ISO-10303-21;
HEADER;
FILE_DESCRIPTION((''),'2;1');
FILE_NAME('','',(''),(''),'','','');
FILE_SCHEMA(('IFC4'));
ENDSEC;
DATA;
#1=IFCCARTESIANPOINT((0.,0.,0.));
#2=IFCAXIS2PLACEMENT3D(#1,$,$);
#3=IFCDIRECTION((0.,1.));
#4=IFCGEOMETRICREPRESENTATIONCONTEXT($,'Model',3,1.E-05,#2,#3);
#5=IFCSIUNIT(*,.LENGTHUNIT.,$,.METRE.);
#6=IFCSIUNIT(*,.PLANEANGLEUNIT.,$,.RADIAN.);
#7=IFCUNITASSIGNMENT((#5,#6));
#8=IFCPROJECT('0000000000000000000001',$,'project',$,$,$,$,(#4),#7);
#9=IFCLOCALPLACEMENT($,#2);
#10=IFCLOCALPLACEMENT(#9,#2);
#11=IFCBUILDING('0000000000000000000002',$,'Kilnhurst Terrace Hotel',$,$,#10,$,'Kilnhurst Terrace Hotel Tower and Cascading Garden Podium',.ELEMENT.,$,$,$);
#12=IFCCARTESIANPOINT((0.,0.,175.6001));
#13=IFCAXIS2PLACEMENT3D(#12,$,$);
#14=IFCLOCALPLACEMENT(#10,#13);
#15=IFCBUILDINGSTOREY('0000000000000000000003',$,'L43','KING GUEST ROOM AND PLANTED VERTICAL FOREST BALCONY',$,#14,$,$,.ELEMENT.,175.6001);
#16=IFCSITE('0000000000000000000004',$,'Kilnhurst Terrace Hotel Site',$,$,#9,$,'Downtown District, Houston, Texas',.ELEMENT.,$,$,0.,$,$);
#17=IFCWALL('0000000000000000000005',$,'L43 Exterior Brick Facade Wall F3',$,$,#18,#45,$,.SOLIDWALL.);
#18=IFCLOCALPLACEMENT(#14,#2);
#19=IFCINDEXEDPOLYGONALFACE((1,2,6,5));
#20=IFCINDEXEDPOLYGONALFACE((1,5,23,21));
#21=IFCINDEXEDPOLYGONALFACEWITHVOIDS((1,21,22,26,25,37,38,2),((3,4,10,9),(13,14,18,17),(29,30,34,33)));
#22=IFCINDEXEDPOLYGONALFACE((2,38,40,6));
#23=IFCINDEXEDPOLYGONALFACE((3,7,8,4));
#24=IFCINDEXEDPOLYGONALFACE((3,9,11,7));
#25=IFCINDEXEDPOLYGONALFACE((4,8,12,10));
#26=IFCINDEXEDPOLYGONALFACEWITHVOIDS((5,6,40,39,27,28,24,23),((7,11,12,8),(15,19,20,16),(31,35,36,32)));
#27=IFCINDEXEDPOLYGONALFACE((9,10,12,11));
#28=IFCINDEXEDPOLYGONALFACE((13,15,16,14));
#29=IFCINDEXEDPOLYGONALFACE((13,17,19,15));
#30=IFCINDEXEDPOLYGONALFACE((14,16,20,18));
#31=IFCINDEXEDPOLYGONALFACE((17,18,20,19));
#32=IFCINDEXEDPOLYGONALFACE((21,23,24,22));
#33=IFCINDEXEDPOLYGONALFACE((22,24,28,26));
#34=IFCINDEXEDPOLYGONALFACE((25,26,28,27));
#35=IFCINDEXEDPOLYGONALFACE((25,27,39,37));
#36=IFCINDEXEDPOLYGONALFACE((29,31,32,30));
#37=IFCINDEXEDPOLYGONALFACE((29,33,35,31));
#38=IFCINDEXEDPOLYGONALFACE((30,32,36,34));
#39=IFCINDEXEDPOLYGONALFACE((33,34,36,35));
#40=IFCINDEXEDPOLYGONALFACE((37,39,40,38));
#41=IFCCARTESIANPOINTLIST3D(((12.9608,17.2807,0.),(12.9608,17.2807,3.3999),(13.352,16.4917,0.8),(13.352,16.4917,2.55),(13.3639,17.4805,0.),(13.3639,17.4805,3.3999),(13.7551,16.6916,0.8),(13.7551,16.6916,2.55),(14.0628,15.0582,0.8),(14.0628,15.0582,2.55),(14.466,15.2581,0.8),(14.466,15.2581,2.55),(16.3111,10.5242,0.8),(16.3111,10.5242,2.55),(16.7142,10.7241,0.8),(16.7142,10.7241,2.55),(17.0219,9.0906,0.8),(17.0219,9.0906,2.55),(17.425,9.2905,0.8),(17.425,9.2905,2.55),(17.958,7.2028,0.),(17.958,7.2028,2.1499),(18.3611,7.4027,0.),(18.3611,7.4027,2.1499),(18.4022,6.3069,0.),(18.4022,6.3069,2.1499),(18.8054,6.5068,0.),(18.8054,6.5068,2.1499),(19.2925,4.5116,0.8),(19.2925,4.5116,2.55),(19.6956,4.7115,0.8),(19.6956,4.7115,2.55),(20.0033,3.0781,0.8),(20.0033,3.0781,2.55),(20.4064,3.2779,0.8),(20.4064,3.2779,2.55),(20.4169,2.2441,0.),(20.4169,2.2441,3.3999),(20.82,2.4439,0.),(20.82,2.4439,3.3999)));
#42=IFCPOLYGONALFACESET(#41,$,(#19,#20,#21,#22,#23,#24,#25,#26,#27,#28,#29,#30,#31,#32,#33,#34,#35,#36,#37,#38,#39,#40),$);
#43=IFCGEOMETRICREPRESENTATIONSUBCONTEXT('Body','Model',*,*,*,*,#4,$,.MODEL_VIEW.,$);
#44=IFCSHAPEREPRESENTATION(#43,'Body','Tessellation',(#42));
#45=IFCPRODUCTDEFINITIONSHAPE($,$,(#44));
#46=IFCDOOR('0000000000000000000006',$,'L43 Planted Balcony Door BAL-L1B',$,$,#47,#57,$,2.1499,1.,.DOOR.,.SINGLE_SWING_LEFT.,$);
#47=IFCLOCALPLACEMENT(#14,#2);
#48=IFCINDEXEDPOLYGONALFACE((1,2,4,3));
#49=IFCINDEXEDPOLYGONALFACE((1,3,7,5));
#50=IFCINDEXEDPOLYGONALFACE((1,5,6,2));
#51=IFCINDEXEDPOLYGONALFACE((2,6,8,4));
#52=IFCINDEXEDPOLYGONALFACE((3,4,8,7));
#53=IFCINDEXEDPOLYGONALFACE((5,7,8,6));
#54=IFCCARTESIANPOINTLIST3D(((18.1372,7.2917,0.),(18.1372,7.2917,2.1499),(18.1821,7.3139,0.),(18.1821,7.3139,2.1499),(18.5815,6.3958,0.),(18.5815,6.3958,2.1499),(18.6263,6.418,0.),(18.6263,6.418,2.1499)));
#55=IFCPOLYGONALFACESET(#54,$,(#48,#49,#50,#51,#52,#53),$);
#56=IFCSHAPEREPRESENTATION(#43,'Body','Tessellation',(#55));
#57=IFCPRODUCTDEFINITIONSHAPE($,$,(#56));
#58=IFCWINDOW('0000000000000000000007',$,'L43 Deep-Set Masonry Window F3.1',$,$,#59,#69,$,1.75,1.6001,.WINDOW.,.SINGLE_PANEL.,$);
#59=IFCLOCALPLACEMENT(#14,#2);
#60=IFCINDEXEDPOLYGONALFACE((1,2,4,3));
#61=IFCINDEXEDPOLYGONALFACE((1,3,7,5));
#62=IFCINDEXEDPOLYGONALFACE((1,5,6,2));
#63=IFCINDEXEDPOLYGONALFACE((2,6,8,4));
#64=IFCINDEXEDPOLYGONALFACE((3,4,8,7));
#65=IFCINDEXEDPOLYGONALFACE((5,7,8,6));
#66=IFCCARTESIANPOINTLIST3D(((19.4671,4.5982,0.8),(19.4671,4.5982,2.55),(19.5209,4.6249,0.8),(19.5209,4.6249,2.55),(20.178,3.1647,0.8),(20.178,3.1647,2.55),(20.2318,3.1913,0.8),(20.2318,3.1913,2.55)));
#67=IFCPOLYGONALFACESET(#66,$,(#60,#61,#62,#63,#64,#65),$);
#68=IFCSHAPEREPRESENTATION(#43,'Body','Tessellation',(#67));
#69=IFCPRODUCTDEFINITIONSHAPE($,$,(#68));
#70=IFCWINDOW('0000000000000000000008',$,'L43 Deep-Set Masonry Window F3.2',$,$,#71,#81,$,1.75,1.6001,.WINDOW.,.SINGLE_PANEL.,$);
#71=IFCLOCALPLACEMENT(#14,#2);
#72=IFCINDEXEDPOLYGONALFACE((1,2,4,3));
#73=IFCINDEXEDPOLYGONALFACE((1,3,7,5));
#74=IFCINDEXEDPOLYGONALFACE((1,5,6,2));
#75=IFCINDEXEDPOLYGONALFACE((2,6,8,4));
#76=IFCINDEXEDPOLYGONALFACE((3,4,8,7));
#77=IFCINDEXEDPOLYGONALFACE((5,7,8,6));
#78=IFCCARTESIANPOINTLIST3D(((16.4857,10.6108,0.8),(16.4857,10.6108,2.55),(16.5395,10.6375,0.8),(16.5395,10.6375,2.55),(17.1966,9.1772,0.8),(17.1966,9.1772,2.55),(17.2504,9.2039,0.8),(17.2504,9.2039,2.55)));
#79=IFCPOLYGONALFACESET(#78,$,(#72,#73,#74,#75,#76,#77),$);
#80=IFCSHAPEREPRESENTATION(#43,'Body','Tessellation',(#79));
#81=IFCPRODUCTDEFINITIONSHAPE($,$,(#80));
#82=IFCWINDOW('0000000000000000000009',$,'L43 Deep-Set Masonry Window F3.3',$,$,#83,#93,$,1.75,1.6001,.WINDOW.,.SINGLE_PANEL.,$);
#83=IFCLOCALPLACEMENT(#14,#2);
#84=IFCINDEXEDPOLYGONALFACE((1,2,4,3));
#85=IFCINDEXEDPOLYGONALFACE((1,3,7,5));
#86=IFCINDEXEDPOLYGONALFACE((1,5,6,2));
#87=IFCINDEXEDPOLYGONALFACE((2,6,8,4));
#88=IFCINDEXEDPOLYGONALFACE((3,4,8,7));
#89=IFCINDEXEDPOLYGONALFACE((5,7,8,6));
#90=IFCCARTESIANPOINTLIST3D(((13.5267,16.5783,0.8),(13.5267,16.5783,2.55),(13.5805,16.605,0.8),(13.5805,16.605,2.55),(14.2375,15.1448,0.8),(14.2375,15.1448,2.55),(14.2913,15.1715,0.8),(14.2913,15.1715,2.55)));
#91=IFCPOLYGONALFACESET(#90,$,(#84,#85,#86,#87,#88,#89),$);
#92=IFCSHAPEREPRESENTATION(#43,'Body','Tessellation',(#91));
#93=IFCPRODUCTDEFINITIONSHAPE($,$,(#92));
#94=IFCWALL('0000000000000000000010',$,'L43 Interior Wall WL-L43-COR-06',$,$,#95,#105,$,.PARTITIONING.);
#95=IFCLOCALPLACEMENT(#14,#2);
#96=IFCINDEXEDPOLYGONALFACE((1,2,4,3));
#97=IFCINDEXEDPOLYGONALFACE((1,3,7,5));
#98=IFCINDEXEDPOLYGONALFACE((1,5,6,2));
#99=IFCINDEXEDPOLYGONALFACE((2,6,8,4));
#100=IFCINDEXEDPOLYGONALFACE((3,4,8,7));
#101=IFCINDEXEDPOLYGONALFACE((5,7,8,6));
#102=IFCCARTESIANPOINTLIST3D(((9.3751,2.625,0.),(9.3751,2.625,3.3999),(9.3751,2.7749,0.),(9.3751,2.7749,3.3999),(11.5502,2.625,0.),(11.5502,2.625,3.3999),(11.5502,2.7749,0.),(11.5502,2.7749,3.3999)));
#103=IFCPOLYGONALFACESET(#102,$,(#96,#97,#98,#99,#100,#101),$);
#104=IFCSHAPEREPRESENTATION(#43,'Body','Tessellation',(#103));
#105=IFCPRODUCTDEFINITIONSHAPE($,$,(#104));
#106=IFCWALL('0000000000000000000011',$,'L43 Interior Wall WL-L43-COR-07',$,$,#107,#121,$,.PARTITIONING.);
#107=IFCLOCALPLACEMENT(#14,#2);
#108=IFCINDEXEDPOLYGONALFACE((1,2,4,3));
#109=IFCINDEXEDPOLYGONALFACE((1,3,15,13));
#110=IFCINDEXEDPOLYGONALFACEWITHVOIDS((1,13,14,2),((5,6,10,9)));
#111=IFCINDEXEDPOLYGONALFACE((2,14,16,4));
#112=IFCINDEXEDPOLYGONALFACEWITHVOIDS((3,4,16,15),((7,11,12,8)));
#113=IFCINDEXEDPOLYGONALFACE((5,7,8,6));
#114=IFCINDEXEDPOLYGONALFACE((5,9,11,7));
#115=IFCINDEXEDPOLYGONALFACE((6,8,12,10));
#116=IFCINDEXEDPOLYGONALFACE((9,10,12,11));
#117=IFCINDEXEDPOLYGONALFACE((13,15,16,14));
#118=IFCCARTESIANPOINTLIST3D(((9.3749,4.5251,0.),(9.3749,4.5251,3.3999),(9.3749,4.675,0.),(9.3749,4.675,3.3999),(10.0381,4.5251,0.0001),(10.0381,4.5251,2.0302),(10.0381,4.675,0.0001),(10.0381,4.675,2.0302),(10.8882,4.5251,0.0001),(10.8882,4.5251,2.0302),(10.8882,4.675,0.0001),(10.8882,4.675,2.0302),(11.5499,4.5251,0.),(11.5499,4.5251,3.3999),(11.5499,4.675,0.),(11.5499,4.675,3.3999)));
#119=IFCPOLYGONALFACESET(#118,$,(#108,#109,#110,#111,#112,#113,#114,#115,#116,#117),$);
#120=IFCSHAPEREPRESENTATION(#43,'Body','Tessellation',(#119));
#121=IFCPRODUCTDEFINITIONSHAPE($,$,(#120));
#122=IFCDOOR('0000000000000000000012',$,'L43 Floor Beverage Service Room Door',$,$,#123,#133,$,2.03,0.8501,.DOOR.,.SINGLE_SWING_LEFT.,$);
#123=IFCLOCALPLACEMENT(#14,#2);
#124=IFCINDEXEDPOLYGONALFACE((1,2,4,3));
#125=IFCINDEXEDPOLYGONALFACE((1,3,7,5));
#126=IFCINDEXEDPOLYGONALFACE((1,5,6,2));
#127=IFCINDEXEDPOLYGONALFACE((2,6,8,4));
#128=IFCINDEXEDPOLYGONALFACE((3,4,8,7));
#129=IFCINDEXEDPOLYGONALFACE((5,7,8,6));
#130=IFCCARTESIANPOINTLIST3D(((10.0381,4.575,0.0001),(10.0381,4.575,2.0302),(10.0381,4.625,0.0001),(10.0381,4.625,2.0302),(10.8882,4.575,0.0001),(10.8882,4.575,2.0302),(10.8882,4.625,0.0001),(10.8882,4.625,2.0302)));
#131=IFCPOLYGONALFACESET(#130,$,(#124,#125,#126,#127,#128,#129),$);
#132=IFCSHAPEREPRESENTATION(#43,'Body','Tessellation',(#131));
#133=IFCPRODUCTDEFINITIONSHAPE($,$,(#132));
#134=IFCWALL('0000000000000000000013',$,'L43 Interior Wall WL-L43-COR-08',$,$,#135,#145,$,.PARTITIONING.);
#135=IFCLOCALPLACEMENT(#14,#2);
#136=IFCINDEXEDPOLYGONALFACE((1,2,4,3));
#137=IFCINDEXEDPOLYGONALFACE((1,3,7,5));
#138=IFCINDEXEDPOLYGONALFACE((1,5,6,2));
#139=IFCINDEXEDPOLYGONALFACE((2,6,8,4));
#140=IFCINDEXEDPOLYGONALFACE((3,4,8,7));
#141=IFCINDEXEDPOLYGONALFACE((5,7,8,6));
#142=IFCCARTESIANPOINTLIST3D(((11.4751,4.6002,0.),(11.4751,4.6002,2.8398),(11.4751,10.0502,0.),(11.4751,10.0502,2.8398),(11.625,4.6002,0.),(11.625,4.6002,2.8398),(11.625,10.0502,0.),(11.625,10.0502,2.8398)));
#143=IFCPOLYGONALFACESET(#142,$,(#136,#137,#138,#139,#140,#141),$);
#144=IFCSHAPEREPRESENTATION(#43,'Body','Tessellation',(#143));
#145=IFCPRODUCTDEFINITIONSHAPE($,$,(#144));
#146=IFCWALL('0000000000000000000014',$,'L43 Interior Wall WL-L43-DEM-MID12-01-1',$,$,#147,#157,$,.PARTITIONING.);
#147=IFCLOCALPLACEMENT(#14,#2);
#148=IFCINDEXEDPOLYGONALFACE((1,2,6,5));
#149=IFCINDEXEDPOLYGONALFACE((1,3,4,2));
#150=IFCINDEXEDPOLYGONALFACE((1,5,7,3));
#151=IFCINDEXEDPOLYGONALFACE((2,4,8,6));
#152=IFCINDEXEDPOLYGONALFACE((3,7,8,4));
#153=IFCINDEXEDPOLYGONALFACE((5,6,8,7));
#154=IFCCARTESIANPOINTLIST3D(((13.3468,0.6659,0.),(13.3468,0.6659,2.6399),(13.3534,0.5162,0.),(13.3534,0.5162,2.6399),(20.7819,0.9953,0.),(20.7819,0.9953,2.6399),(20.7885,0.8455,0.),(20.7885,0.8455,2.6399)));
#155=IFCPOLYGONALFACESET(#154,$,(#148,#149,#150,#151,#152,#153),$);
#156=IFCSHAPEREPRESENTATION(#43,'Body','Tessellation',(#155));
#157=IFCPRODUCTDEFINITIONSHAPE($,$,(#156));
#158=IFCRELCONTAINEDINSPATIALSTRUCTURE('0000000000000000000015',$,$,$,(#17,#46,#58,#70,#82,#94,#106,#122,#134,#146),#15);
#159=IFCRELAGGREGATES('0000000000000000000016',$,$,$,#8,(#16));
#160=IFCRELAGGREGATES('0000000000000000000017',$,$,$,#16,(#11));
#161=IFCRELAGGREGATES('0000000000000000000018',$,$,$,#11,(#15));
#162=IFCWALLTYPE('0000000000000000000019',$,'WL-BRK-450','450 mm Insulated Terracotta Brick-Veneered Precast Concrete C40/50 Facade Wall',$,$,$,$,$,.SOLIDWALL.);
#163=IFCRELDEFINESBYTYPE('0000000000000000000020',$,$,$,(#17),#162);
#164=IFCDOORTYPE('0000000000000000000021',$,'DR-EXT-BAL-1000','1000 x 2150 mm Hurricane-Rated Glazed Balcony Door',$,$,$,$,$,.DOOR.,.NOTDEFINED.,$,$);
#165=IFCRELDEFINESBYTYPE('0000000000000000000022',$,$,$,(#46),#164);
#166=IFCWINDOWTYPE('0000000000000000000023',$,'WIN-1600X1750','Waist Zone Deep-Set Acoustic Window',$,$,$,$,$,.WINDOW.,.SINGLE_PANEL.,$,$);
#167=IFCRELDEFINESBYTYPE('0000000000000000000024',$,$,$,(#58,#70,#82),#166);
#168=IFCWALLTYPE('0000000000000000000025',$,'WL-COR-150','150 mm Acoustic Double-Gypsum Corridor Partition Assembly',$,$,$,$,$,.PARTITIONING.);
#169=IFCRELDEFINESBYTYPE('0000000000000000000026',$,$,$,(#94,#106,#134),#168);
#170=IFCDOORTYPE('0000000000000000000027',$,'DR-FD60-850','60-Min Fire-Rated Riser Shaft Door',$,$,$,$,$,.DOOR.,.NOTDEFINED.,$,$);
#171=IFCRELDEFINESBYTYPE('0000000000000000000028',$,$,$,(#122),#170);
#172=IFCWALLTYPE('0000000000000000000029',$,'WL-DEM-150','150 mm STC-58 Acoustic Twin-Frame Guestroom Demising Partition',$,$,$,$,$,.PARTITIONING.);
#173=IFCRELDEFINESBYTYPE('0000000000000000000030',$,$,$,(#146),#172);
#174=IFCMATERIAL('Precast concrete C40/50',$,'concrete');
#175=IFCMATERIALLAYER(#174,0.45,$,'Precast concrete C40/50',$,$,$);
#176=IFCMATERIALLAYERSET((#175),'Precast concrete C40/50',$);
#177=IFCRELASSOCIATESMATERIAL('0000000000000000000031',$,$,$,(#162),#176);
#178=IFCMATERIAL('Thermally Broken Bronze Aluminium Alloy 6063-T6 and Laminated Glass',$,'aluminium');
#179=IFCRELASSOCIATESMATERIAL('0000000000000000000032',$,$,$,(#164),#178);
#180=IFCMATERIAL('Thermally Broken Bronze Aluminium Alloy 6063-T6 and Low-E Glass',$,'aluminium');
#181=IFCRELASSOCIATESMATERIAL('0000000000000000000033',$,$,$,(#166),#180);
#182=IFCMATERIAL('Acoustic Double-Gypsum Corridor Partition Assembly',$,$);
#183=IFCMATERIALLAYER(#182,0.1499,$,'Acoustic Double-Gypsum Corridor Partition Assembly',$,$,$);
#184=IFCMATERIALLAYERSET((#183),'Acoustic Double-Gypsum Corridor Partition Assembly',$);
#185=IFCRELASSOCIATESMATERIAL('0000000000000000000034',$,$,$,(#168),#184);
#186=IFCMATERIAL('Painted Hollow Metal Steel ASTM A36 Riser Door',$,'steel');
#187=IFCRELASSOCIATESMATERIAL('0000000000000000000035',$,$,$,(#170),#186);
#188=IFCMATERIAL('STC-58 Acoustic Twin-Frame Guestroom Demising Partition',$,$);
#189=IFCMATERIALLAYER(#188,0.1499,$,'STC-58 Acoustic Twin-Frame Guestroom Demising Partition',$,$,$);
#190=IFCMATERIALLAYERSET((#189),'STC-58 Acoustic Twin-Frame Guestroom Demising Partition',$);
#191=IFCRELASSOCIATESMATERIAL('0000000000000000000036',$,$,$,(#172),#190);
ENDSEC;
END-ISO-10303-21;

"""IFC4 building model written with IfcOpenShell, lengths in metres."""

from ifc_helpers import new_model, si_unit, direction, frame, frame_2d, origin, place, context, subcontext, project, spatial, rectangle, extrude, material, layer, layer_set, type_object, element, fill, save


model = new_model("IFC4")

# Units and contexts
model_context = context("Model", 3, precision=1e-05, world=origin(), true_north=direction((0.0, 1.0)))
body_context = subcontext(model_context, "Body", "Model", "MODEL_VIEW")
ifc_project = project(units=[si_unit("LENGTHUNIT", "METRE"), si_unit("PLANEANGLEUNIT", "RADIAN")], contexts=[model_context])

# Site, building, storey
site_placement = place(None, origin())
site = spatial("IfcSite", under=ifc_project, at=site_placement, Name="Kilnhurst Terrace Hotel Site", LongName="Downtown District, Houston, Texas", CompositionType="ELEMENT", RefElevation=0.0)
building_placement = place(site_placement, origin())
building = spatial("IfcBuilding", under=site, at=building_placement, Name="Kilnhurst Terrace Hotel", LongName="Kilnhurst Terrace Hotel Tower and Cascading Garden Podium", CompositionType="ELEMENT")
storey_placement = place(building_placement, frame((0.0, 0.0, 175.6001)))
storey = spatial("IfcBuildingStorey", under=building, at=storey_placement, Name="L43", Description="KING GUEST ROOM AND PLANTED VERTICAL FOREST BALCONY", CompositionType="ELEMENT", Elevation=175.6001)

# Shared definitions
ifc_material_1 = material(Name="Precast concrete C40/50", Category="concrete")
ifc_layer_1 = layer(ifc_material_1, 0.45, Name="Precast concrete C40/50")
ifc_layer_set_1 = layer_set([ifc_layer_1], Name="Precast concrete C40/50")
wall_type_1 = type_object("IfcWallType", Name="WL-BRK-450", Description="450 mm Insulated Terracotta Brick-Veneered Precast Concrete C40/50 Facade Wall", PredefinedType="SOLIDWALL", material=ifc_layer_set_1)

# Wall, openings, door, windows
wall_1_placement = place(storey_placement, frame((20.6184, 2.344, 0.0), z_axis=(0.0, 0.0, 1.0), x_axis=(-0.444244, 0.895906, 0.0)))
wall_1 = element("IfcWall", 1, at=wall_1_placement, inside=storey, type_object=wall_type_1, Name="L43 Exterior Brick Facade Wall F3", PredefinedType="SOLIDWALL", context=body_context, shape_type="SweptSolid", body=[
    extrude(rectangle(XDim=16.7837, YDim=0.45, at=frame_2d((8.3918, 0.0))), origin(), (0.0, 0.0, 1.0), 3.3999),
])
opening_1_placement = place(wall_1_placement, frame((4.5349, 0.0, 0.0)))
opening_1 = element("IfcOpeningElement", 2, at=opening_1_placement, cuts=wall_1, PredefinedType="OPENING", context=body_context, shape_type="SweptSolid", body=[
    extrude(rectangle(XDim=1.0, YDim=2.1499, at=frame_2d((0.5, 1.075))), frame((0.0, 0.2349, 0.0), z_axis=(0.0, -1.0, 0.0), x_axis=(1.0, 0.0, 0.0)), (0.0, 0.0, 1.0), 0.47),
])
opening_2_placement = place(wall_1_placement, frame((0.9309, 0.0, 0.8)))
opening_2 = element("IfcOpeningElement", 3, at=opening_2_placement, cuts=wall_1, PredefinedType="OPENING", context=body_context, shape_type="SweptSolid", body=[
    extrude(rectangle(XDim=1.6001, YDim=1.75, at=frame_2d((0.8, 0.875))), frame((0.0, 0.2349, 0.0), z_axis=(0.0, -1.0, 0.0), x_axis=(1.0, 0.0, 0.0)), (0.0, 0.0, 1.0), 0.47),
])
opening_3_placement = place(wall_1_placement, frame((7.6421, 0.0, 0.8)))
opening_3 = element("IfcOpeningElement", 4, at=opening_3_placement, cuts=wall_1, PredefinedType="OPENING", context=body_context, shape_type="SweptSolid", body=[
    extrude(rectangle(XDim=1.6001, YDim=1.75, at=frame_2d((0.8, 0.875))), frame((0.0, 0.2349, 0.0), z_axis=(0.0, -1.0, 0.0), x_axis=(1.0, 0.0, 0.0)), (0.0, 0.0, 1.0), 0.47),
])
opening_4_placement = place(wall_1_placement, frame((14.303, 0.0, 0.8)))
opening_4 = element("IfcOpeningElement", 5, at=opening_4_placement, cuts=wall_1, PredefinedType="OPENING", context=body_context, shape_type="SweptSolid", body=[
    extrude(rectangle(XDim=1.6001, YDim=1.75, at=frame_2d((0.8, 0.875))), frame((0.0, 0.2349, 0.0), z_axis=(0.0, -1.0, 0.0), x_axis=(1.0, 0.0, 0.0)), (0.0, 0.0, 1.0), 0.47),
])
ifc_material_2 = material(Name="Thermally Broken Bronze Aluminium Alloy 6063-T6 and Laminated Glass", Category="aluminium")
door_type_1 = type_object("IfcDoorType", Name="DR-EXT-BAL-1000", Description="1000 x 2150 mm Hurricane-Rated Glazed Balcony Door", OperationType="NOTDEFINED", PredefinedType="DOOR", material=ifc_material_2)
door_1_placement = place(opening_1_placement, origin())
door_1 = element("IfcDoor", 6, at=door_1_placement, inside=storey, type_object=door_type_1, Name="L43 Planted Balcony Door BAL-L1B", OperationType="SINGLE_SWING_LEFT", OverallHeight=2.1499, OverallWidth=1.0, PredefinedType="DOOR", context=body_context, shape_type="SweptSolid", body=[
    extrude(rectangle(XDim=1.0, YDim=2.1499, at=frame_2d((0.5, 1.075))), frame((0.0, 0.0249, 0.0), z_axis=(0.0, -1.0, 0.0), x_axis=(1.0, 0.0, 0.0)), (0.0, 0.0, 1.0), 0.05),
])
fill(opening_1, door_1)
ifc_material_3 = material(Name="Thermally Broken Bronze Aluminium Alloy 6063-T6 and Low-E Glass", Category="aluminium")
window_type = type_object("IfcWindowType", Name="WIN-1600X1750", Description="Waist Zone Deep-Set Acoustic Window", PartitioningType="SINGLE_PANEL", PredefinedType="WINDOW", material=ifc_material_3)
window_1_placement = place(opening_2_placement, origin())
window_1 = element("IfcWindow", 7, at=window_1_placement, inside=storey, type_object=window_type, Name="L43 Deep-Set Masonry Window F3.1", OverallHeight=1.75, OverallWidth=1.6001, PartitioningType="SINGLE_PANEL", PredefinedType="WINDOW", context=body_context, shape_type="SweptSolid", body=[
    extrude(rectangle(XDim=1.6001, YDim=1.75, at=frame_2d((0.8, 0.875))), frame((0.0, 0.03, 0.0), z_axis=(0.0, -1.0, 0.0), x_axis=(1.0, 0.0, 0.0)), (0.0, 0.0, 1.0), 0.0601),
])
fill(opening_2, window_1)
window_2_placement = place(opening_3_placement, origin())
window_2 = element("IfcWindow", 8, at=window_2_placement, inside=storey, type_object=window_type, Name="L43 Deep-Set Masonry Window F3.2", OverallHeight=1.75, OverallWidth=1.6001, PartitioningType="SINGLE_PANEL", PredefinedType="WINDOW", context=body_context, shape_type="SweptSolid", body=[
    extrude(rectangle(XDim=1.6001, YDim=1.75, at=frame_2d((0.8, 0.875))), frame((0.0, 0.03, 0.0), z_axis=(0.0, -1.0, 0.0), x_axis=(1.0, 0.0, 0.0)), (0.0, 0.0, 1.0), 0.0601),
])
fill(opening_3, window_2)
window_3_placement = place(opening_4_placement, origin())
window_3 = element("IfcWindow", 9, at=window_3_placement, inside=storey, type_object=window_type, Name="L43 Deep-Set Masonry Window F3.3", OverallHeight=1.75, OverallWidth=1.6001, PartitioningType="SINGLE_PANEL", PredefinedType="WINDOW", context=body_context, shape_type="SweptSolid", body=[
    extrude(rectangle(XDim=1.6001, YDim=1.75, at=frame_2d((0.8, 0.875))), frame((0.0, 0.03, 0.0), z_axis=(0.0, -1.0, 0.0), x_axis=(1.0, 0.0, 0.0)), (0.0, 0.0, 1.0), 0.0601),
])
fill(opening_4, window_3)

# Wall
ifc_material_4 = material(Name="Acoustic Double-Gypsum Corridor Partition Assembly")
ifc_layer_2 = layer(ifc_material_4, 0.1499, Name="Acoustic Double-Gypsum Corridor Partition Assembly")
ifc_layer_set_2 = layer_set([ifc_layer_2], Name="Acoustic Double-Gypsum Corridor Partition Assembly")
wall_type_2 = type_object("IfcWallType", Name="WL-COR-150", Description="150 mm Acoustic Double-Gypsum Corridor Partition Assembly", PredefinedType="PARTITIONING", material=ifc_layer_set_2)
wall_2_placement = place(storey_placement, frame((11.55, 2.7, 0.0), z_axis=(0.0, 0.0, 1.0), x_axis=(-1.0, 0.0, 0.0)))
element("IfcWall", 10, at=wall_2_placement, inside=storey, type_object=wall_type_2, Name="L43 Interior Wall WL-L43-COR-06", PredefinedType="PARTITIONING", context=body_context, shape_type="SweptSolid", body=[
    extrude(rectangle(XDim=2.175, YDim=0.1499, at=frame_2d((1.0874, 0.0))), origin(), (0.0, 0.0, 1.0), 3.3999),
])

# Wall, opening, door
wall_3_placement = place(storey_placement, frame((9.375, 4.6001, 0.0), z_axis=(0.0, 0.0, 1.0), x_axis=(1.0, 0.0, 0.0)))
wall_3 = element("IfcWall", 11, at=wall_3_placement, inside=storey, type_object=wall_type_2, Name="L43 Interior Wall WL-L43-COR-07", PredefinedType="PARTITIONING", context=body_context, shape_type="SweptSolid", body=[
    extrude(rectangle(XDim=2.175, YDim=0.1499, at=frame_2d((1.0874, 0.0))), origin(), (0.0, 0.0, 1.0), 3.3999),
])
opening_5_placement = place(wall_3_placement, frame((0.6631, 0.0, 0.0)))
opening_5 = element("IfcOpeningElement", 12, at=opening_5_placement, cuts=wall_3, PredefinedType="OPENING", context=body_context, shape_type="SweptSolid", body=[
    extrude(rectangle(XDim=0.8501, YDim=2.03, at=frame_2d((0.425, 1.0151))), frame((0.0, 0.085, 0.0), z_axis=(0.0, -1.0, 0.0), x_axis=(1.0, 0.0, 0.0)), (0.0, 0.0, 1.0), 0.1699),
])
ifc_material_5 = material(Name="Painted Hollow Metal Steel ASTM A36 Riser Door", Category="steel")
door_type_2 = type_object("IfcDoorType", Name="DR-FD60-850", Description="60-Min Fire-Rated Riser Shaft Door", OperationType="NOTDEFINED", PredefinedType="DOOR", material=ifc_material_5)
door_2_placement = place(opening_5_placement, origin())
door_2 = element("IfcDoor", 13, at=door_2_placement, inside=storey, type_object=door_type_2, Name="L43 Floor Beverage Service Room Door", OperationType="SINGLE_SWING_LEFT", OverallHeight=2.03, OverallWidth=0.8501, PredefinedType="DOOR", context=body_context, shape_type="SweptSolid", body=[
    extrude(rectangle(XDim=0.8501, YDim=2.03, at=frame_2d((0.425, 1.0151))), frame((0.0, 0.0249, 0.0), z_axis=(0.0, -1.0, 0.0), x_axis=(1.0, 0.0, 0.0)), (0.0, 0.0, 1.0), 0.05),
])
fill(opening_5, door_2)

# Walls
wall_4_placement = place(storey_placement, frame((11.55, 4.6001, 0.0), z_axis=(0.0, 0.0, 1.0), x_axis=(0.0, 1.0, 0.0)))
element("IfcWall", 14, at=wall_4_placement, inside=storey, type_object=wall_type_2, Name="L43 Interior Wall WL-L43-COR-08", PredefinedType="PARTITIONING", context=body_context, shape_type="SweptSolid", body=[
    extrude(rectangle(XDim=5.45, YDim=0.1499, at=frame_2d((2.7251, 0.0))), origin(), (0.0, 0.0, 1.0), 2.8398),
])
ifc_material_6 = material(Name="STC-58 Acoustic Twin-Frame Guestroom Demising Partition")
ifc_layer_3 = layer(ifc_material_6, 0.1499, Name="STC-58 Acoustic Twin-Frame Guestroom Demising Partition")
ifc_layer_set_3 = layer_set([ifc_layer_3], Name="STC-58 Acoustic Twin-Frame Guestroom Demising Partition")
wall_type_3 = type_object("IfcWallType", Name="WL-DEM-150", Description="150 mm STC-58 Acoustic Twin-Frame Guestroom Demising Partition", PredefinedType="PARTITIONING", material=ifc_layer_set_3)
wall_5_placement = place(storey_placement, frame((13.3501, 0.5911, 0.0), z_axis=(0.0, 0.0, 1.0), x_axis=(0.99902, 0.044253, 0.0)))
element("IfcWall", 15, at=wall_5_placement, inside=storey, type_object=wall_type_3, Name="L43 Interior Wall WL-L43-DEM-MID12-01-1", PredefinedType="PARTITIONING", context=body_context, shape_type="SweptSolid", body=[
    extrude(rectangle(XDim=7.4424, YDim=0.1499, at=frame_2d((3.7212, 0.0))), origin(), (0.0, 0.0, 1.0), 2.6399),
])

save(model, "model.ifc")
